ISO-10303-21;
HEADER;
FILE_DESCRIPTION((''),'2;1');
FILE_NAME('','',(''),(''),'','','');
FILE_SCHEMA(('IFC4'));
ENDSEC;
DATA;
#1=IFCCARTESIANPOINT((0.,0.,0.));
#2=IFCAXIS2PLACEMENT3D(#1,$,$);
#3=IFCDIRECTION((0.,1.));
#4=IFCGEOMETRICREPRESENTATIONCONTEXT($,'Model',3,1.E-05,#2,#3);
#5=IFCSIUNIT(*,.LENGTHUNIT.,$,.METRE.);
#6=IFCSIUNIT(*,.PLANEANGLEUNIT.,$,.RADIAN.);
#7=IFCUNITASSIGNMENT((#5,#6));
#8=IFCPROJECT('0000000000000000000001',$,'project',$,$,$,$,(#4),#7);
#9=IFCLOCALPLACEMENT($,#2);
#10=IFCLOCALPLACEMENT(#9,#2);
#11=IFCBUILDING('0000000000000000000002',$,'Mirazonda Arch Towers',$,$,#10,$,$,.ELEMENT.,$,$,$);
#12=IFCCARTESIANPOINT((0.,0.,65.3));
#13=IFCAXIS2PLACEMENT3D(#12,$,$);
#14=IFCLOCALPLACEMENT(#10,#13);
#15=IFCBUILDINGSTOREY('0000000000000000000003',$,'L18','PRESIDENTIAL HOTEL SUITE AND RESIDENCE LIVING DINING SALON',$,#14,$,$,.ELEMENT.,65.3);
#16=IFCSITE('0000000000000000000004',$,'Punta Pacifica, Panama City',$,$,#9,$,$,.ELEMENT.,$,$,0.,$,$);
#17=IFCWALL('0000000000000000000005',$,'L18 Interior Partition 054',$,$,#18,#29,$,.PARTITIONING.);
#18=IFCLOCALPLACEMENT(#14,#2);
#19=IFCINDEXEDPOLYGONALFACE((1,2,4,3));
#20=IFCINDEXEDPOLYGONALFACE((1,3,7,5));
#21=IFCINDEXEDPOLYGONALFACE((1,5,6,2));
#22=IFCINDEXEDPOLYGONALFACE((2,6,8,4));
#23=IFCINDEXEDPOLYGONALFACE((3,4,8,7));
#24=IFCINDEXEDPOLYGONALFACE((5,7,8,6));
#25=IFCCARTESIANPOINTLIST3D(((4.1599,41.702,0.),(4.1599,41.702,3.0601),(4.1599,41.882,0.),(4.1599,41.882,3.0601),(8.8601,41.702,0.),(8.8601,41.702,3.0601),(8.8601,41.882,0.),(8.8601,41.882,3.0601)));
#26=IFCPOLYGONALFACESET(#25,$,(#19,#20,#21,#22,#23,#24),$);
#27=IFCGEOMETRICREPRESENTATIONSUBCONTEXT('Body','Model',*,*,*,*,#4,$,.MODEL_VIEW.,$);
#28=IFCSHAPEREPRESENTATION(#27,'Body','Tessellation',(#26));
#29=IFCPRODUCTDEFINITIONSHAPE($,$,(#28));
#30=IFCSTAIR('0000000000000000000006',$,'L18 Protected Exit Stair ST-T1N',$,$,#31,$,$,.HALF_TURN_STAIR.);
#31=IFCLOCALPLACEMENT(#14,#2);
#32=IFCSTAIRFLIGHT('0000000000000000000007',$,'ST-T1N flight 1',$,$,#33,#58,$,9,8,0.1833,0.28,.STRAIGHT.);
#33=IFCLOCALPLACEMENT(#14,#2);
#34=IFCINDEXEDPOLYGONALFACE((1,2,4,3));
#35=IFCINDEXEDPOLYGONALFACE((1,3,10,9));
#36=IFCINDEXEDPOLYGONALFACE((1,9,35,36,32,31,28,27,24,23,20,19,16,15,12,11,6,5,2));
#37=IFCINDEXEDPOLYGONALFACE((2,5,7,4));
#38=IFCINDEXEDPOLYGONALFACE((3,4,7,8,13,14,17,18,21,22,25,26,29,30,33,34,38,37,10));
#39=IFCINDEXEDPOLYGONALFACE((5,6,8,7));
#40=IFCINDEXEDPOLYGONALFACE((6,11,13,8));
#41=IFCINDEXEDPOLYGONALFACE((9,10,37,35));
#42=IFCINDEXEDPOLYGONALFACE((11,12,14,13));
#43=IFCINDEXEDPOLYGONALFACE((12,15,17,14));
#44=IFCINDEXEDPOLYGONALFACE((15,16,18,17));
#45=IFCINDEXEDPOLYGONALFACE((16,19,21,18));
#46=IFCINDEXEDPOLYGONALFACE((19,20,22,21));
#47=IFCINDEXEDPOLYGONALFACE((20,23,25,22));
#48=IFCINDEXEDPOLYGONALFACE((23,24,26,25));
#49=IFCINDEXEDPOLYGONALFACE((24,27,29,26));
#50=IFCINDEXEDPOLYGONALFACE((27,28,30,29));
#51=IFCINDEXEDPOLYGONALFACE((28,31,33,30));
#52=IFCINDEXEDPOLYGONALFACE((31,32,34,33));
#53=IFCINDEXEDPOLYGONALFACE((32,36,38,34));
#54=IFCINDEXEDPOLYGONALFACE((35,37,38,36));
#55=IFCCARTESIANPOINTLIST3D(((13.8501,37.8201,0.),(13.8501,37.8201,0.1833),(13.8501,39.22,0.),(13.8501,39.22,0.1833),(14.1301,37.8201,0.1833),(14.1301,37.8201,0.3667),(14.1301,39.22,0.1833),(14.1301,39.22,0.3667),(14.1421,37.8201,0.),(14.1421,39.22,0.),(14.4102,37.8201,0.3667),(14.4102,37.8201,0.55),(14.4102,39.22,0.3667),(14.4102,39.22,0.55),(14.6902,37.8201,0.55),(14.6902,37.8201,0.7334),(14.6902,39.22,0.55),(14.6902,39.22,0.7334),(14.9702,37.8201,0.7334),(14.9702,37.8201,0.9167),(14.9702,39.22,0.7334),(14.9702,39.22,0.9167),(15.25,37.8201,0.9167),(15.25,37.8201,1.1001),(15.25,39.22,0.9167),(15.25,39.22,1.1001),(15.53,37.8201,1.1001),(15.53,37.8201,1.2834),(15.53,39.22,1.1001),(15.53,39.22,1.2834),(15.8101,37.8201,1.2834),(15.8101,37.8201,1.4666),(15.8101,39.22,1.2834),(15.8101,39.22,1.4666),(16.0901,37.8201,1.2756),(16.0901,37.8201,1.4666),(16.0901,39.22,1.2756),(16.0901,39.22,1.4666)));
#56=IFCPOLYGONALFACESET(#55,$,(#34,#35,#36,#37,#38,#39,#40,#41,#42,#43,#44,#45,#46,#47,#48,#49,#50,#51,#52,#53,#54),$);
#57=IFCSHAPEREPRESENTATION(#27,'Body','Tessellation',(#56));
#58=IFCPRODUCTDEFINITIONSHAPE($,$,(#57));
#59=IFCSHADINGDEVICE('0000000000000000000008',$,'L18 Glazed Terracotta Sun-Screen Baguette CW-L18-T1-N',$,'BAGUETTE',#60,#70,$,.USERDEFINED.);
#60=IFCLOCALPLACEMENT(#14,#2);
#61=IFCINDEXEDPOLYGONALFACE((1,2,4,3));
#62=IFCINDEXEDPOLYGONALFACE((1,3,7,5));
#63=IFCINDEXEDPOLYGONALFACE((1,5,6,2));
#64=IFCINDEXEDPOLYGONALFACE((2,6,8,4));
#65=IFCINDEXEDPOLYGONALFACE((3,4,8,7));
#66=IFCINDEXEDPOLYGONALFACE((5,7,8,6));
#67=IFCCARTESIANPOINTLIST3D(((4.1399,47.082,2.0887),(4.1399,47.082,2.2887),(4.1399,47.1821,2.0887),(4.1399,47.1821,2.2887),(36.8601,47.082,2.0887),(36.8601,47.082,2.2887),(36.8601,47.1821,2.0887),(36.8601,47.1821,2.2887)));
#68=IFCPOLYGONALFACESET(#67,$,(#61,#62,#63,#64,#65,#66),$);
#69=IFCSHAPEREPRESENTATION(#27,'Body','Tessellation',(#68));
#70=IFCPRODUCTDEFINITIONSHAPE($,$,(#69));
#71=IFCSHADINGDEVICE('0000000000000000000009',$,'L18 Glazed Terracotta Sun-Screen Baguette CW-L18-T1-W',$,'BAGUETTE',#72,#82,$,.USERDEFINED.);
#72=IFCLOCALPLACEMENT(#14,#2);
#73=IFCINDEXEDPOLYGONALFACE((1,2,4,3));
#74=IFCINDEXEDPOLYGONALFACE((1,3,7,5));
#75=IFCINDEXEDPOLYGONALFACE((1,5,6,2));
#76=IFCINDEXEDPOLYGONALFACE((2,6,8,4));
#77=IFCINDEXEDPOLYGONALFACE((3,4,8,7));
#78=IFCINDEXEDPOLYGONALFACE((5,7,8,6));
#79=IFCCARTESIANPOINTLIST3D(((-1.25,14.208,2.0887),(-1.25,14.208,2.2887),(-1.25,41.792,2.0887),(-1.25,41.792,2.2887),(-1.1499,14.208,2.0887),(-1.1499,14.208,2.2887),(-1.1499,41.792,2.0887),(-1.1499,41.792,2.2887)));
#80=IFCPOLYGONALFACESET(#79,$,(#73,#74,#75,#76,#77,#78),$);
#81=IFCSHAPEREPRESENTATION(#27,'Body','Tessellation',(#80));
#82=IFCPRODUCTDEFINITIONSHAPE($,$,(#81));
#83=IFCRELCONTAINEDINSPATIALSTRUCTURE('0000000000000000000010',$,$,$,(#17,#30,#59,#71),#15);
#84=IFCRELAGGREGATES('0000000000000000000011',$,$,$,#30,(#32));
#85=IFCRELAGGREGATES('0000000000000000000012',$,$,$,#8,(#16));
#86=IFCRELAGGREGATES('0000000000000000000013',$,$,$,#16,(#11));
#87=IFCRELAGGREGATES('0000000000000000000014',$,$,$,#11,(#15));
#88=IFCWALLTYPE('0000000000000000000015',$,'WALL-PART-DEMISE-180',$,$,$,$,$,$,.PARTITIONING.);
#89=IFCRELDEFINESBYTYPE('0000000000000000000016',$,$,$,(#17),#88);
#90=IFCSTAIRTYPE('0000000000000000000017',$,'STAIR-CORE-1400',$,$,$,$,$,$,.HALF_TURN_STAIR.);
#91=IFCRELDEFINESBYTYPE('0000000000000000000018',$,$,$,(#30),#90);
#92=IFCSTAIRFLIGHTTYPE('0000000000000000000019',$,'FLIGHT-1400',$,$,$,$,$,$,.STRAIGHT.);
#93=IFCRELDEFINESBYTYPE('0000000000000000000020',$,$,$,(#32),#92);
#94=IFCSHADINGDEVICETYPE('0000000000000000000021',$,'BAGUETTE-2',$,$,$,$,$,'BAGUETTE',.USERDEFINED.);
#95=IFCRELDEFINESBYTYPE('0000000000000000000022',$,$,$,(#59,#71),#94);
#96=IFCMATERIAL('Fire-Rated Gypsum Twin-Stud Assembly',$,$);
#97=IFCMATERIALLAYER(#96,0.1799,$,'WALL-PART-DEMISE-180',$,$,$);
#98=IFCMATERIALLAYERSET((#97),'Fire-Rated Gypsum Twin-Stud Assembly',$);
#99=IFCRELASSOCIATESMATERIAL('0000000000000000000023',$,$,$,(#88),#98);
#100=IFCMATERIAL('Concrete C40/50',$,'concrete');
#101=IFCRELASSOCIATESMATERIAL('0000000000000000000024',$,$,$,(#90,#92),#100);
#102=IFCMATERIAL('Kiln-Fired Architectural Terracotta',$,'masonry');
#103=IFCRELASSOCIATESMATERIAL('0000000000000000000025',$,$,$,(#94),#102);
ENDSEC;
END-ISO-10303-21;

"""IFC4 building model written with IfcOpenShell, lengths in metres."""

from ifc_helpers import new_model, si_unit, direction, frame, frame_2d, origin, origin_2d, place, context, subcontext, project, spatial, polyline, rectangle, outline, extrude, material, layer, layer_set, material_profile, profile_set, type_object, element, aggregate, save


model = new_model("IFC4")

# Units and contexts
model_context = context("Model", 3, precision=1e-05, world=origin(), true_north=direction((0.0, 1.0)))
body_context = subcontext(model_context, "Body", "Model", "MODEL_VIEW")
ifc_project = project(units=[si_unit("LENGTHUNIT", "METRE"), si_unit("PLANEANGLEUNIT", "RADIAN")], contexts=[model_context])

# Site, building, storey
site_placement = place(None, origin())
site = spatial("IfcSite", under=ifc_project, at=site_placement, Name="Punta Pacifica, Panama City", CompositionType="ELEMENT", RefElevation=0.0)
building_placement = place(site_placement, origin())
building = spatial("IfcBuilding", under=site, at=building_placement, Name="Mirazonda Arch Towers", CompositionType="ELEMENT")
storey_placement = place(building_placement, frame((0.0, 0.0, 65.3)))
storey = spatial("IfcBuildingStorey", under=building, at=storey_placement, Name="L18", Description="PRESIDENTIAL HOTEL SUITE AND RESIDENCE LIVING DINING SALON", CompositionType="ELEMENT", Elevation=65.3)

# Wall
ifc_material_1 = material(Name="Fire-Rated Gypsum Twin-Stud Assembly")
ifc_layer_1 = layer(ifc_material_1, 0.1799, Name="WALL-PART-DEMISE-180")
ifc_layer_set_1 = layer_set([ifc_layer_1], Name="Fire-Rated Gypsum Twin-Stud Assembly")
wall_type_1 = type_object("IfcWallType", Name="WALL-PART-DEMISE-180", PredefinedType="PARTITIONING", material=ifc_layer_set_1)
wall_1_placement = place(storey_placement, frame((4.1599, 41.792, 0.0), z_axis=(0.0, 0.0, 1.0), x_axis=(1.0, 0.0, 0.0)))
element("IfcWall", 1, at=wall_1_placement, inside=storey, type_object=wall_type_1, Name="L18 Interior Partition 054", PredefinedType="PARTITIONING", context=body_context, shape_type="SweptSolid", body=[
    extrude(rectangle(XDim=4.7002, YDim=0.1799, at=frame_2d((2.3501, 0.0))), origin(), (0.0, 0.0, 1.0), 3.0601),
])

# Stair, stair flight
ifc_material_2 = material(Name="Concrete C40/50", Category="concrete")
stair_type = type_object("IfcStairType", Name="STAIR-CORE-1400", PredefinedType="HALF_TURN_STAIR", material=ifc_material_2)
stair_placement = place(storey_placement, origin())
stair = element("IfcStair", 2, at=stair_placement, inside=storey, type_object=stair_type, Name="L18 Protected Exit Stair ST-T1N", PredefinedType="HALF_TURN_STAIR")
stair_flight_type = type_object("IfcStairFlightType", Name="FLIGHT-1400", PredefinedType="STRAIGHT", material=ifc_material_2)
stair_flight_placement = place(storey_placement, frame((13.8501, 38.52, 0.0), z_axis=(0.0, 0.0, 1.0), x_axis=(1.0, 0.0, 0.0)))
stair_flight = element("IfcStairFlight", 3, at=stair_flight_placement, type_object=stair_flight_type, Name="ST-T1N flight 1", NumberOfRisers=9, NumberOfTreads=8, PredefinedType="STRAIGHT", RiserHeight=0.1833, TreadLength=0.28, context=body_context, shape_type="SweptSolid", body=[
    extrude(outline(polyline([(0.0, 0.0), (0.0, 0.1833), (0.28, 0.1833), (0.28, 0.3667), (0.5601, 0.3667), (0.5601, 0.55), (0.8401, 0.55), (0.8401, 0.7334), (1.1201, 0.7334), (1.1201, 0.9167), (1.3999, 0.9167), (1.3999, 1.1001), (1.6799, 1.1001), (1.6799, 1.2834), (1.96, 1.2834), (1.96, 1.4666), (2.24, 1.4666), (2.24, 1.6499), (2.24, 1.2756), (0.292, 0.0), (0.0, 0.0)])), frame((0.0, 0.7, 0.0), z_axis=(0.0, -1.0, 0.0), x_axis=(1.0, 0.0, 0.0)), (0.0, 0.0, 1.0), 1.3999),
])
aggregate(stair, [stair_flight])

# Shading devices
ifc_material_3 = material(Name="Kiln-Fired Architectural Terracotta", Category="masonry")
ifc_material_profile_1 = material_profile(ifc_material_3, rectangle(XDim=0.1001, YDim=0.2, at=origin_2d()), Name="TERRA-BAG-100x200")
ifc_profile_set_1 = profile_set([ifc_material_profile_1], Name="Kiln-Fired Architectural Terracotta")
shading_device_type = type_object("IfcShadingDeviceType", Name="BAGUETTE-2", ElementType="BAGUETTE", PredefinedType="USERDEFINED", material=ifc_profile_set_1)
shading_device_1_placement = place(storey_placement, frame((4.1399, 47.1321, 2.1887), z_axis=(1.0, 0.0, 0.0), x_axis=(0.0, 1.0, 0.0)))
element("IfcShadingDevice", 4, at=shading_device_1_placement, inside=storey, type_object=shading_device_type, Name="L18 Glazed Terracotta Sun-Screen Baguette CW-L18-T1-N", ObjectType="BAGUETTE", PredefinedType="USERDEFINED", context=body_context, shape_type="SweptSolid", body=[
    extrude(rectangle(XDim=0.1001, YDim=0.2, at=origin_2d()), origin(), (0.0, 0.0, 1.0), 32.7202),
])
shading_device_2_placement = place(storey_placement, frame((-1.2, 41.792, 2.1887), z_axis=(0.0, -1.0, 0.0), x_axis=(1.0, 0.0, 0.0)))
element("IfcShadingDevice", 5, at=shading_device_2_placement, inside=storey, type_object=shading_device_type, Name="L18 Glazed Terracotta Sun-Screen Baguette CW-L18-T1-W", ObjectType="BAGUETTE", PredefinedType="USERDEFINED", context=body_context, shape_type="SweptSolid", body=[
    extrude(rectangle(XDim=0.1001, YDim=0.2, at=origin_2d()), origin(), (0.0, 0.0, 1.0), 27.584),
])

save(model, "model.ifc")
